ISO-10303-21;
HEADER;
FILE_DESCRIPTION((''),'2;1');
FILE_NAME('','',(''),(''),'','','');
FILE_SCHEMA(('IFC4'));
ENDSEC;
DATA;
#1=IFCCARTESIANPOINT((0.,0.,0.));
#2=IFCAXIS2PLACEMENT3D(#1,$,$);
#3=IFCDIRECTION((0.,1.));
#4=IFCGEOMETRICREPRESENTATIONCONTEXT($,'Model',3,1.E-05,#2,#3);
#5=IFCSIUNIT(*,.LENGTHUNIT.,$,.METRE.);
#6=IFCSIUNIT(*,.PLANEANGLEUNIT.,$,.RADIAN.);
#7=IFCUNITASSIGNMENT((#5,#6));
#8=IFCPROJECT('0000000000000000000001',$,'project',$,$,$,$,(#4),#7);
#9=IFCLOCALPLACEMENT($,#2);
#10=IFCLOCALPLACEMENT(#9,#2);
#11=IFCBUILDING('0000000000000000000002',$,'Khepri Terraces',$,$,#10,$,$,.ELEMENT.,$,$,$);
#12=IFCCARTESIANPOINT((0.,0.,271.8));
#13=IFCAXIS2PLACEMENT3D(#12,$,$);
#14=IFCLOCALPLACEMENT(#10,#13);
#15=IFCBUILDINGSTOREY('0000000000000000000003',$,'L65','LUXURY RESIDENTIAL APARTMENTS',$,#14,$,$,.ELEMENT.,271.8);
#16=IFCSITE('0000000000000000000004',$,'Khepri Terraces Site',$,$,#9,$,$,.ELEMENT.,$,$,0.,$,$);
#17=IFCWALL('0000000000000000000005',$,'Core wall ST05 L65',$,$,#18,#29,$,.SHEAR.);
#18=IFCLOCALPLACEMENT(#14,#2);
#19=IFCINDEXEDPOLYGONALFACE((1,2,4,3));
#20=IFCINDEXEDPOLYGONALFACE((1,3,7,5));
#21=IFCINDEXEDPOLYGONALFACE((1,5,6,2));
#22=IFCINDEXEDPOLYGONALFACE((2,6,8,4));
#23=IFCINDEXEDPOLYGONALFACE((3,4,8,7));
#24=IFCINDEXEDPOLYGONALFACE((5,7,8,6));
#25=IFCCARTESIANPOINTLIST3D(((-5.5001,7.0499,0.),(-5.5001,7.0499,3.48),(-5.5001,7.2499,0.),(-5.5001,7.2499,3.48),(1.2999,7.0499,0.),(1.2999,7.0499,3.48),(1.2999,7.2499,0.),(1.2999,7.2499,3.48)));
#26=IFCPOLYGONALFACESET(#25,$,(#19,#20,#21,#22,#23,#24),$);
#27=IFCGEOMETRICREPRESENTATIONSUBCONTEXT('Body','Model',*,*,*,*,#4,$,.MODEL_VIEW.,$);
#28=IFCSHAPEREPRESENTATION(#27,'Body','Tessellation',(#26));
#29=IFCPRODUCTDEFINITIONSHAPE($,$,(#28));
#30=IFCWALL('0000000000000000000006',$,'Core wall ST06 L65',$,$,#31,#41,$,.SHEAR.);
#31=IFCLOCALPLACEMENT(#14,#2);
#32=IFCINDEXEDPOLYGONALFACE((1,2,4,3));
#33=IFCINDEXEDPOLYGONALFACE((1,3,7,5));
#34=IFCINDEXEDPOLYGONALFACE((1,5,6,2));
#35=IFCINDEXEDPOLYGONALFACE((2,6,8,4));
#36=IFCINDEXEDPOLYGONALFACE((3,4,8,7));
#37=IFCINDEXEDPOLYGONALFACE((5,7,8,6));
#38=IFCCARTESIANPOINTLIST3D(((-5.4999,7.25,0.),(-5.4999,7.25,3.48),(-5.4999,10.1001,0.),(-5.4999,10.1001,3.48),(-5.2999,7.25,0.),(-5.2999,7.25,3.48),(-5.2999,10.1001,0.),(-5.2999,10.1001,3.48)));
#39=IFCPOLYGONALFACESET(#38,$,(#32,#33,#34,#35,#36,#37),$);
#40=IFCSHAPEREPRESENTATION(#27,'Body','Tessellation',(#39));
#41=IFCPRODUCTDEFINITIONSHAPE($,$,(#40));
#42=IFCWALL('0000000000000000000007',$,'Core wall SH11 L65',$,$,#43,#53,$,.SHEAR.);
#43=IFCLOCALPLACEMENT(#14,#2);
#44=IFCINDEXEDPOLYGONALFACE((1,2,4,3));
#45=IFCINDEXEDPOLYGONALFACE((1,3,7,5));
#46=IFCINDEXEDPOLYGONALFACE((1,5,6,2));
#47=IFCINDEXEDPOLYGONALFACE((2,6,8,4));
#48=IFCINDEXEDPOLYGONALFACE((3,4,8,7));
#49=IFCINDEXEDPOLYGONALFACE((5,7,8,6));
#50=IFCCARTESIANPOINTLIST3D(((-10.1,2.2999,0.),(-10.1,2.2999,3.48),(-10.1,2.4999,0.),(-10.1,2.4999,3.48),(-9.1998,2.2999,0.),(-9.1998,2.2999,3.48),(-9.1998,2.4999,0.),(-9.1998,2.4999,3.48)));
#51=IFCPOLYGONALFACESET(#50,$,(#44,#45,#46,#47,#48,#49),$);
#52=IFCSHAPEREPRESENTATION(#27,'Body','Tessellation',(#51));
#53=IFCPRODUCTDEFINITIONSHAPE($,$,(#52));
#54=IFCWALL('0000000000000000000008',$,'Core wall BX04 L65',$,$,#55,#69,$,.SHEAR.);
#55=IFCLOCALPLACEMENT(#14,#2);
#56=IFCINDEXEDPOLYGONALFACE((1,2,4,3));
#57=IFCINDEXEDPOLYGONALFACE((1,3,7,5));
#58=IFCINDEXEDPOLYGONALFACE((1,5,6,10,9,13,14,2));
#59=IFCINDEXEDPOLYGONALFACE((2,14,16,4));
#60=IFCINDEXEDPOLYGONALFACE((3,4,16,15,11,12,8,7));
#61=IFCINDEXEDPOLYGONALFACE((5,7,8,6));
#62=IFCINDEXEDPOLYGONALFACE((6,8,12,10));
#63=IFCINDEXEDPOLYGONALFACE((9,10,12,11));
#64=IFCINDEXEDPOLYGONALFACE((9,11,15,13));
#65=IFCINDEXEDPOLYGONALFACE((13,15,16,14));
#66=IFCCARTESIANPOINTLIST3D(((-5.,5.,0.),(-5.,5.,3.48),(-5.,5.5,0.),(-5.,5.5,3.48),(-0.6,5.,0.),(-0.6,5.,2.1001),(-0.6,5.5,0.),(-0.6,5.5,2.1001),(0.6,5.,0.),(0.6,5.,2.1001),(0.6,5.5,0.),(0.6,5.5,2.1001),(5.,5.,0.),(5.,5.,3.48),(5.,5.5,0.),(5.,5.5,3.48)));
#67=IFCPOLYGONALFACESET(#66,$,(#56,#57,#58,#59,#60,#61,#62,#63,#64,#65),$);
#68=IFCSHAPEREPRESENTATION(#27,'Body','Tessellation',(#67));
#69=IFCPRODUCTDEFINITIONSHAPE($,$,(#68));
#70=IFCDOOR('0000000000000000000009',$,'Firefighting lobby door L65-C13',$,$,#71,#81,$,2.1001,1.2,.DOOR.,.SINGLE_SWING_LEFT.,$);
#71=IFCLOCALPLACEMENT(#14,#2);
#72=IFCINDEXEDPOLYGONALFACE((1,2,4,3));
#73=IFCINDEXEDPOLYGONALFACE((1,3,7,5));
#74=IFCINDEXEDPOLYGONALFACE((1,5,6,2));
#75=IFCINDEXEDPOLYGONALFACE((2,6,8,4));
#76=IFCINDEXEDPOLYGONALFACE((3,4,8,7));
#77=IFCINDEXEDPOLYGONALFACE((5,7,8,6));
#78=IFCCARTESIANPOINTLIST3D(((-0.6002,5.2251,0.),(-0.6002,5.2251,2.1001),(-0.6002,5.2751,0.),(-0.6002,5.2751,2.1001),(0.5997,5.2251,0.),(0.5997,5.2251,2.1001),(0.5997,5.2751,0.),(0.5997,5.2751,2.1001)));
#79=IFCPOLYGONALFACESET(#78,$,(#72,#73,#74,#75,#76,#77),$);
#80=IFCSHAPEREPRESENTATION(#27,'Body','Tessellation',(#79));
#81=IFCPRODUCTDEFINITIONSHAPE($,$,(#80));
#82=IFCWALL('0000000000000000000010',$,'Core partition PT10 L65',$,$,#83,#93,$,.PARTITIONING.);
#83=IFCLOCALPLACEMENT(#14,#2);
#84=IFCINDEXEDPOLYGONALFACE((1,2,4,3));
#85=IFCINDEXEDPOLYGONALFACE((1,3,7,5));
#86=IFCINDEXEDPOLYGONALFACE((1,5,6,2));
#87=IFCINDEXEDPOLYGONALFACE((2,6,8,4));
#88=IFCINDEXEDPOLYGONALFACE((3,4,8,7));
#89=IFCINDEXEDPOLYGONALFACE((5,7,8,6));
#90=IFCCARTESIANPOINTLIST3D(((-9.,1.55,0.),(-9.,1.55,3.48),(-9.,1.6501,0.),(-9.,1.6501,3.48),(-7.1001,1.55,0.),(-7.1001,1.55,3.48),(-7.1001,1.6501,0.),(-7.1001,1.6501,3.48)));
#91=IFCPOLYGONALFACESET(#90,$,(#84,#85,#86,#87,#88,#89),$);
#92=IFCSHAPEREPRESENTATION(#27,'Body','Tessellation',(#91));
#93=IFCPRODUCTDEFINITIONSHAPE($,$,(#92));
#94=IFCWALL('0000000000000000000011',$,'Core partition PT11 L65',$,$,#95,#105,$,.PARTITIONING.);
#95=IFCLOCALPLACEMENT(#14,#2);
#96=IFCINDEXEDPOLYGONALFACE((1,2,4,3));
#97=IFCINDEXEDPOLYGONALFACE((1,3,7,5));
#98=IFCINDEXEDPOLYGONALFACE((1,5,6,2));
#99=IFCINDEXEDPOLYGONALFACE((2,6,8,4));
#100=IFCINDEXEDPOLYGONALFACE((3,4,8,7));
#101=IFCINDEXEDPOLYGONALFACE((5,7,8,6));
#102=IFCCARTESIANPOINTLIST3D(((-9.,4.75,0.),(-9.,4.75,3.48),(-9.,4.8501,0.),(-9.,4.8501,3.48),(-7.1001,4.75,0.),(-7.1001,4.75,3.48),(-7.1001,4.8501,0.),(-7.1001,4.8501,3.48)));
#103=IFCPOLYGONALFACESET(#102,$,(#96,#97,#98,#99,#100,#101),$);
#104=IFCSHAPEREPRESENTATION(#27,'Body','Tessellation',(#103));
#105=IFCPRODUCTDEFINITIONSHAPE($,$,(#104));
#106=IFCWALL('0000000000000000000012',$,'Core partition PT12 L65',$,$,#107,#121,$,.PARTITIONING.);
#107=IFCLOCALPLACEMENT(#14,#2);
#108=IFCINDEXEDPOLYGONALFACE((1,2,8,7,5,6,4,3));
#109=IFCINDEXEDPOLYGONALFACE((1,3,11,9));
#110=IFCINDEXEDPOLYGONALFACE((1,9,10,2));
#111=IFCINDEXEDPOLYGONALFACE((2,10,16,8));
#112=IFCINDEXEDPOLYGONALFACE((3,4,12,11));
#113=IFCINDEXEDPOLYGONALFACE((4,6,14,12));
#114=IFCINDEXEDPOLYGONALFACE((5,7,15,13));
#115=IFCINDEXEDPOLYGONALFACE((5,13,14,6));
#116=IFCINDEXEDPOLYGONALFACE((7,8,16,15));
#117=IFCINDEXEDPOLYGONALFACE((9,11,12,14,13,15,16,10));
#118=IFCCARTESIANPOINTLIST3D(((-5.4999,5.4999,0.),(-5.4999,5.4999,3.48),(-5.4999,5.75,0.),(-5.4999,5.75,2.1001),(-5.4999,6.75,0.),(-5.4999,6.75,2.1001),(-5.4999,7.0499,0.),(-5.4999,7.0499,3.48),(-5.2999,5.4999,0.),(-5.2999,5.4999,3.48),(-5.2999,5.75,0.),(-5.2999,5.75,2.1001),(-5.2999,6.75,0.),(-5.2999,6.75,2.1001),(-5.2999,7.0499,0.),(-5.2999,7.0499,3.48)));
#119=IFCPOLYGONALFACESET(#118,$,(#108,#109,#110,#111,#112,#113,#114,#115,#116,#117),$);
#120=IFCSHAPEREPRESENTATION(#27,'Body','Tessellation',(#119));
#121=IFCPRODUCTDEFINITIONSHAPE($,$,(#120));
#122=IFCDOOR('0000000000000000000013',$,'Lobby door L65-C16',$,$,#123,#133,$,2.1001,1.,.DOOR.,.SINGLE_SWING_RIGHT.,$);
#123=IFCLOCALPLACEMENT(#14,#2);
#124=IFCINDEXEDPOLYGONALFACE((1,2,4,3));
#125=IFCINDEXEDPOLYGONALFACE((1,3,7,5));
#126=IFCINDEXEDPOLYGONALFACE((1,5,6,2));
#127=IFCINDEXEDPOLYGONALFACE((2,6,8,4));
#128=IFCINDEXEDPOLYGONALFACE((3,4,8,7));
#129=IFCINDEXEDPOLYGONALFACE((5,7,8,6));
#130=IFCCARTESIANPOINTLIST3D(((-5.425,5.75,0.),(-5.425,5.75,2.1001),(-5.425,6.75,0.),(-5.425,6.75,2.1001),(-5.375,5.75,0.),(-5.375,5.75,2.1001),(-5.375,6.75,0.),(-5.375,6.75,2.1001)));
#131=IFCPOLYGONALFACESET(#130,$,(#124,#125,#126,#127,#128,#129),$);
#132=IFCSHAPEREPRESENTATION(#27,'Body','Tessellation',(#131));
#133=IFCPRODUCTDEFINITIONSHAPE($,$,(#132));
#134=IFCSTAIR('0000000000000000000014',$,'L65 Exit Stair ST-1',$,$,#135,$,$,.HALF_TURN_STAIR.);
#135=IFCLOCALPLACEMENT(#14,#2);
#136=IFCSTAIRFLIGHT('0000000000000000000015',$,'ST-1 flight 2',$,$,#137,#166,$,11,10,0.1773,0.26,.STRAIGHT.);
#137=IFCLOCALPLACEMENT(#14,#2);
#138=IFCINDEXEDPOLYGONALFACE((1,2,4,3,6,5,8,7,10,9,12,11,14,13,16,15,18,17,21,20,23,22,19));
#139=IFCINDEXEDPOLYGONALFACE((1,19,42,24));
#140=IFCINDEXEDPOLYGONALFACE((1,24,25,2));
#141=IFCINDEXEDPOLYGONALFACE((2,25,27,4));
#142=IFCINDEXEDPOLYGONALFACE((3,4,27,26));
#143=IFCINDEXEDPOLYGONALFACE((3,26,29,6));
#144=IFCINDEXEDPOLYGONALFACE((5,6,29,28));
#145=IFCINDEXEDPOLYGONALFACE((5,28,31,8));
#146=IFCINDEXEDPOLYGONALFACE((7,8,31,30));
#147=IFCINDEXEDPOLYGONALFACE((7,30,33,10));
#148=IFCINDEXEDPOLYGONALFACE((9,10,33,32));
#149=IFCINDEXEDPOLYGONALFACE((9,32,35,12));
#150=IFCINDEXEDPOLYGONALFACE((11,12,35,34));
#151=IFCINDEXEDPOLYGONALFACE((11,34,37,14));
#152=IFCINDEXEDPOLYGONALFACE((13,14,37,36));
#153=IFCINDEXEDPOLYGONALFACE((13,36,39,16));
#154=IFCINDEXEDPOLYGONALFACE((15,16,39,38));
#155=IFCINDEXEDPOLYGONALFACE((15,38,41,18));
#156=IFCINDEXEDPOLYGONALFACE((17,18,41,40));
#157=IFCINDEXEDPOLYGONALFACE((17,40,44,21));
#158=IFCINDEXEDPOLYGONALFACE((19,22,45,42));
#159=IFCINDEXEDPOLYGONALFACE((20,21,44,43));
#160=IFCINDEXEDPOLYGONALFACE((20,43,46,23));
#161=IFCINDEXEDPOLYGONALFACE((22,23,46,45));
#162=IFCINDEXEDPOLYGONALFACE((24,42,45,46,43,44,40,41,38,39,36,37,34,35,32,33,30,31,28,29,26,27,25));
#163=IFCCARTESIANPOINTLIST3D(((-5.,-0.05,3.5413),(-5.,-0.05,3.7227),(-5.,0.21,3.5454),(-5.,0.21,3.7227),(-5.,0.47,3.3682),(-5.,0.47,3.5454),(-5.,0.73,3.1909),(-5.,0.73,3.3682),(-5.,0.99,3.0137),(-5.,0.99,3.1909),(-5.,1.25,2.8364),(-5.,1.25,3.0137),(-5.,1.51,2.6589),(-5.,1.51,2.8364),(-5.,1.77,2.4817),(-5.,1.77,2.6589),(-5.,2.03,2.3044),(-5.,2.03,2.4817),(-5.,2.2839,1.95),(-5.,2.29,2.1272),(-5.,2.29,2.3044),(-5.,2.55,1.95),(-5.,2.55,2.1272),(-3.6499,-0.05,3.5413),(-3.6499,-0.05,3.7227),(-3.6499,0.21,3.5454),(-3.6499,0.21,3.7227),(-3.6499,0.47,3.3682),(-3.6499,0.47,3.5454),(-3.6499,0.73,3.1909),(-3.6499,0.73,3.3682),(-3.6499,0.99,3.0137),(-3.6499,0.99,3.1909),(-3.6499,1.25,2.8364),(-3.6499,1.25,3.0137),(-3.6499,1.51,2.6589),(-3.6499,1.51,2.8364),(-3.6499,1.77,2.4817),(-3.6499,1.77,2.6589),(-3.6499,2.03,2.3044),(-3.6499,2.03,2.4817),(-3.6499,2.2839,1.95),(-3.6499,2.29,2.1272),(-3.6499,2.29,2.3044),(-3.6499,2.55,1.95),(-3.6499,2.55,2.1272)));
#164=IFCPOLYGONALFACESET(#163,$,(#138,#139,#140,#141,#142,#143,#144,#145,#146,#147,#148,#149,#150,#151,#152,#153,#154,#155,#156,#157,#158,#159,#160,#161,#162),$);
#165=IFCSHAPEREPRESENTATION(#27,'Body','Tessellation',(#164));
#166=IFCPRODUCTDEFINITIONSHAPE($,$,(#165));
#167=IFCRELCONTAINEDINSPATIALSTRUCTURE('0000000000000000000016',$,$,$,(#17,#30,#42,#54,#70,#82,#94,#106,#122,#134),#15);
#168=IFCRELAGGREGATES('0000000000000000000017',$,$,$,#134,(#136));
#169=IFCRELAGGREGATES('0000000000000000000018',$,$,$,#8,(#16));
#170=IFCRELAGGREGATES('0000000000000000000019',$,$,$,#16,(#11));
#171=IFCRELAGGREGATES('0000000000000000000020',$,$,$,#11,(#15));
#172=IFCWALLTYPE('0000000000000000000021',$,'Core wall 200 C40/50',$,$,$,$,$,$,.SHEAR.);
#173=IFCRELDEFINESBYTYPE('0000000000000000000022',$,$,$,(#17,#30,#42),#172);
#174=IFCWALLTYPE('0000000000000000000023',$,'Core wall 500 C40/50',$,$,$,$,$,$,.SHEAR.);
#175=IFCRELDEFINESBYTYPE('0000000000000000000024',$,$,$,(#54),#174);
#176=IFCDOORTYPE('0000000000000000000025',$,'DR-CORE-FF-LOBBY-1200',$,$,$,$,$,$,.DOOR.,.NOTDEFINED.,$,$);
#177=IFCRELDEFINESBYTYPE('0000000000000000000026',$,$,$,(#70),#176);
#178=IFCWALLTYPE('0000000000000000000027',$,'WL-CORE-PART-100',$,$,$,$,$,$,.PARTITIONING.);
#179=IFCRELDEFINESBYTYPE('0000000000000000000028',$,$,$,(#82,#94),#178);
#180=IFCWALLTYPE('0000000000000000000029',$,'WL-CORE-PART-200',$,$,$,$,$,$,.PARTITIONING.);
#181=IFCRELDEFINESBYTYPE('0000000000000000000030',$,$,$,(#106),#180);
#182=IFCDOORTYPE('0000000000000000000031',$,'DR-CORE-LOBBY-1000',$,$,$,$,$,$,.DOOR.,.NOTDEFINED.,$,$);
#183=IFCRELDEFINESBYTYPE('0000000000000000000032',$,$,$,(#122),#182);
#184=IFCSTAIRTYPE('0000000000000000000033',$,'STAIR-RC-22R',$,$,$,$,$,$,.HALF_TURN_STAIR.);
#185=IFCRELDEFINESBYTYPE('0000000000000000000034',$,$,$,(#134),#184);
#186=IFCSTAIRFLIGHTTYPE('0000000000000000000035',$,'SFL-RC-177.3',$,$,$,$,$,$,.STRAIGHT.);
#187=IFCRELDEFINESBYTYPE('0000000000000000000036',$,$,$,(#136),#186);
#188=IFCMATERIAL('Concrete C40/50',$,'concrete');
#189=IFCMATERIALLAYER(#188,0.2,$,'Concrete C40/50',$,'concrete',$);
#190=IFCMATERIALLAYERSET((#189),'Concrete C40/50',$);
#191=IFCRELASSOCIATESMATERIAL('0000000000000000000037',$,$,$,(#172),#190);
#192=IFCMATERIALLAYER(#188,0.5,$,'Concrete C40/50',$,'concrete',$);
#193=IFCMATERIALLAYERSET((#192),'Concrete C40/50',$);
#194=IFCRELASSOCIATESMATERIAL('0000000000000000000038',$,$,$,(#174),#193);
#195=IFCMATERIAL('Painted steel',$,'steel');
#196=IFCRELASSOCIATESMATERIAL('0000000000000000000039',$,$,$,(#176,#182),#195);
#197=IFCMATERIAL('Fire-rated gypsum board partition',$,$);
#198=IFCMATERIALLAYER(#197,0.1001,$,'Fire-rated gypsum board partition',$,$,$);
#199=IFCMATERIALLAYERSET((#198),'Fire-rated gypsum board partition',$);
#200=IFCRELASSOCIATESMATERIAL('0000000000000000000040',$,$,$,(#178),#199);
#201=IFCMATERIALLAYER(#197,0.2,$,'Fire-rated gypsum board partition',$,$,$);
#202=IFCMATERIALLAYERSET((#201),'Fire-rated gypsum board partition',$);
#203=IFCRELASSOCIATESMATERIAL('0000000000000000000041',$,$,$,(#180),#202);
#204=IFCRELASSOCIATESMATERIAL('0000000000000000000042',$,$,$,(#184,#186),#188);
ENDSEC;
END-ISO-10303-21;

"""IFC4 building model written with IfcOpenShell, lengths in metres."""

from ifc_helpers import new_model, si_unit, direction, frame, frame_2d, origin, place, context, subcontext, project, spatial, polyline, rectangle, outline, extrude, material, layer, layer_set, type_object, element, fill, aggregate, save


model = new_model("IFC4")

# Units and contexts
model_context = context("Model", 3, precision=1e-05, world=origin(), true_north=direction((0.0, 1.0)))
body_context = subcontext(model_context, "Body", "Model", "MODEL_VIEW")
ifc_project = project(units=[si_unit("LENGTHUNIT", "METRE"), si_unit("PLANEANGLEUNIT", "RADIAN")], contexts=[model_context])

# Site, building, storey
site_placement = place(None, origin())
site = spatial("IfcSite", under=ifc_project, at=site_placement, Name="Khepri Terraces Site", CompositionType="ELEMENT", RefElevation=0.0)
building_placement = place(site_placement, origin())
building = spatial("IfcBuilding", under=site, at=building_placement, Name="Khepri Terraces", CompositionType="ELEMENT")
storey_placement = place(building_placement, frame((0.0, 0.0, 271.8)))
storey = spatial("IfcBuildingStorey", under=building, at=storey_placement, Name="L65", Description="LUXURY RESIDENTIAL APARTMENTS", CompositionType="ELEMENT", Elevation=271.8)

# Walls
ifc_material_1 = material(Name="Concrete C40/50", Category="concrete")
ifc_layer_1 = layer(ifc_material_1, 0.2, Name="Concrete C40/50", Category="concrete")
ifc_layer_set_1 = layer_set([ifc_layer_1], Name="Concrete C40/50")
wall_type_1 = type_object("IfcWallType", Name="Core wall 200 C40/50", PredefinedType="SHEAR", material=ifc_layer_set_1)
wall_1_placement = place(storey_placement, frame((-5.5, 7.1499, 0.0), z_axis=(0.0, 0.0, 1.0), x_axis=(1.0, 0.0, 0.0)))
element("IfcWall", 1, at=wall_1_placement, inside=storey, type_object=wall_type_1, Name="Core wall ST05 L65", PredefinedType="SHEAR", context=body_context, shape_type="SweptSolid", body=[
    extrude(rectangle(XDim=6.8, YDim=0.2, at=frame_2d((3.3999, 0.0))), origin(), (0.0, 0.0, 1.0), 3.48),
])
wall_2_placement = place(storey_placement, frame((-5.3999, 7.25, 0.0), z_axis=(0.0, 0.0, 1.0), x_axis=(0.0, 1.0, 0.0)))
element("IfcWall", 2, at=wall_2_placement, inside=storey, type_object=wall_type_1, Name="Core wall ST06 L65", PredefinedType="SHEAR", context=body_context, shape_type="SweptSolid", body=[
    extrude(rectangle(XDim=2.8501, YDim=0.2, at=frame_2d((1.425, 0.0))), origin(), (0.0, 0.0, 1.0), 3.48),
])
wall_3_placement = place(storey_placement, frame((-10.1001, 2.3999, 0.0), z_axis=(0.0, 0.0, 1.0), x_axis=(1.0, 0.0, 0.0)))
element("IfcWall", 3, at=wall_3_placement, inside=storey, type_object=wall_type_1, Name="Core wall SH11 L65", PredefinedType="SHEAR", context=body_context, shape_type="SweptSolid", body=[
    extrude(rectangle(XDim=0.9001, YDim=0.2, at=frame_2d((0.4502, 0.0))), origin(), (0.0, 0.0, 1.0), 3.48),
])

# Wall, opening, door
ifc_layer_2 = layer(ifc_material_1, 0.5, Name="Concrete C40/50", Category="concrete")
ifc_layer_set_2 = layer_set([ifc_layer_2], Name="Concrete C40/50")
wall_type_2 = type_object("IfcWallType", Name="Core wall 500 C40/50", PredefinedType="SHEAR", material=ifc_layer_set_2)
wall_4_placement = place(storey_placement, frame((-5.0, 5.25, 0.0), z_axis=(0.0, 0.0, 1.0), x_axis=(1.0, 0.0, 0.0)))
wall_4 = element("IfcWall", 4, at=wall_4_placement, inside=storey, type_object=wall_type_2, Name="Core wall BX04 L65", PredefinedType="SHEAR", context=body_context, shape_type="SweptSolid", body=[
    extrude(rectangle(XDim=10.0, YDim=0.5, at=frame_2d((5.0, 0.0))), origin(), (0.0, 0.0, 1.0), 3.48),
])
opening_1_placement = place(wall_4_placement, frame((4.3999, 0.0, 0.0)))
opening_1 = element("IfcOpeningElement", 5, at=opening_1_placement, cuts=wall_4, PredefinedType="OPENING", context=body_context, shape_type="SweptSolid", body=[
    extrude(rectangle(XDim=1.2, YDim=2.1001, at=frame_2d((0.6001, 1.05))), frame((0.0, 0.26, 0.0), z_axis=(0.0, -1.0, 0.0), x_axis=(1.0, 0.0, 0.0)), (0.0, 0.0, 1.0), 0.52),
])
ifc_material_2 = material(Name="Painted steel", Category="steel")
door_type_1 = type_object("IfcDoorType", Name="DR-CORE-FF-LOBBY-1200", OperationType="NOTDEFINED", PredefinedType="DOOR", material=ifc_material_2)
door_1_placement = place(opening_1_placement, frame((1.2, 0.0, 0.0), z_axis=(0.0, 0.0, 1.0), x_axis=(-1.0, 0.0, 0.0)))
door_1 = element("IfcDoor", 6, at=door_1_placement, inside=storey, type_object=door_type_1, Name="Firefighting lobby door L65-C13", OperationType="SINGLE_SWING_LEFT", OverallHeight=2.1001, OverallWidth=1.2, PredefinedType="DOOR", context=body_context, shape_type="SweptSolid", body=[
    extrude(rectangle(XDim=1.2, YDim=2.1001, at=frame_2d((0.6001, 1.05))), frame((0.0, 0.0249, 0.0), z_axis=(0.0, -1.0, 0.0), x_axis=(1.0, 0.0, 0.0)), (0.0, 0.0, 1.0), 0.05),
])
fill(opening_1, door_1)

# Walls
ifc_material_3 = material(Name="Fire-rated gypsum board partition")
ifc_layer_3 = layer(ifc_material_3, 0.1001, Name="Fire-rated gypsum board partition")
ifc_layer_set_3 = layer_set([ifc_layer_3], Name="Fire-rated gypsum board partition")
wall_type_3 = type_object("IfcWallType", Name="WL-CORE-PART-100", PredefinedType="PARTITIONING", material=ifc_layer_set_3)
for number, where, z_axis, x_axis, name in (
    (7, (-9.0, 1.6001, 0.0), (0.0, 0.0, 1.0), (1.0, 0.0, 0.0), "Core partition PT10 L65"),
    (8, (-9.0, 4.8, 0.0), (0.0, 0.0, 1.0), (1.0, 0.0, 0.0), "Core partition PT11 L65"),
):
    element("IfcWall", number, at=place(storey_placement, frame(where, z_axis=z_axis, x_axis=x_axis)), inside=storey, type_object=wall_type_3, Name=name, PredefinedType="PARTITIONING", context=body_context, shape_type="SweptSolid", body=[
        extrude(rectangle(XDim=1.8999, YDim=0.1001, at=frame_2d((0.95, 0.0))), origin(), (0.0, 0.0, 1.0), 3.48),
    ])

# Wall, opening, door
ifc_layer_4 = layer(ifc_material_3, 0.2, Name="Fire-rated gypsum board partition")
ifc_layer_set_4 = layer_set([ifc_layer_4], Name="Fire-rated gypsum board partition")
wall_type_4 = type_object("IfcWallType", Name="WL-CORE-PART-200", PredefinedType="PARTITIONING", material=ifc_layer_set_4)
wall_5_placement = place(storey_placement, frame((-5.3999, 5.5, 0.0), z_axis=(0.0, 0.0, 1.0), x_axis=(0.0, 1.0, 0.0)))
wall_5 = element("IfcWall", 9, at=wall_5_placement, inside=storey, type_object=wall_type_4, Name="Core partition PT12 L65", PredefinedType="PARTITIONING", context=body_context, shape_type="SweptSolid", body=[
    extrude(rectangle(XDim=1.55, YDim=0.2, at=frame_2d((0.7749, 0.0))), origin(), (0.0, 0.0, 1.0), 3.48),
])
opening_2_placement = place(wall_5_placement, frame((0.25, 0.0, 0.0)))
opening_2 = element("IfcOpeningElement", 10, at=opening_2_placement, cuts=wall_5, PredefinedType="OPENING", context=body_context, shape_type="SweptSolid", body=[
    extrude(rectangle(XDim=1.0, YDim=2.1001, at=frame_2d((0.5, 1.05))), frame((0.0, 0.1099, 0.0), z_axis=(0.0, -1.0, 0.0), x_axis=(1.0, 0.0, 0.0)), (0.0, 0.0, 1.0), 0.22),
])
door_type_2 = type_object("IfcDoorType", Name="DR-CORE-LOBBY-1000", OperationType="NOTDEFINED", PredefinedType="DOOR", material=ifc_material_2)
door_2_placement = place(opening_2_placement, frame((1.0, 0.0, 0.0), z_axis=(0.0, 0.0, 1.0), x_axis=(-1.0, 0.0, 0.0)))
door_2 = element("IfcDoor", 11, at=door_2_placement, inside=storey, type_object=door_type_2, Name="Lobby door L65-C16", OperationType="SINGLE_SWING_RIGHT", OverallHeight=2.1001, OverallWidth=1.0, PredefinedType="DOOR", context=body_context, shape_type="SweptSolid", body=[
    extrude(rectangle(XDim=1.0, YDim=2.1001, at=frame_2d((0.5, 1.05))), frame((0.0, 0.0249, 0.0), z_axis=(0.0, -1.0, 0.0), x_axis=(1.0, 0.0, 0.0)), (0.0, 0.0, 1.0), 0.05),
])
fill(opening_2, door_2)

# Stair, stair flight
stair_type = type_object("IfcStairType", Name="STAIR-RC-22R", PredefinedType="HALF_TURN_STAIR", material=ifc_material_1)
stair_1_placement = place(storey_placement, origin())
stair_1 = element("IfcStair", 12, at=stair_1_placement, inside=storey, type_object=stair_type, Name="L65 Exit Stair ST-1", PredefinedType="HALF_TURN_STAIR")
stair_flight_type = type_object("IfcStairFlightType", Name="SFL-RC-177.3", PredefinedType="STRAIGHT", material=ifc_material_1)
stair_flight_1_placement = place(storey_placement, frame((-4.325, 2.55, 1.95), z_axis=(0.0, 0.0, 1.0), x_axis=(0.0, -1.0, 0.0)))
stair_flight_1 = element("IfcStairFlight", 13, at=stair_flight_1_placement, type_object=stair_flight_type, Name="ST-1 flight 2", NumberOfRisers=11, NumberOfTreads=10, PredefinedType="STRAIGHT", RiserHeight=0.1773, TreadLength=0.26, context=body_context, shape_type="SweptSolid", body=[
    extrude(outline(polyline([(0.0, 0.0), (0.0, 0.1772), (0.26, 0.1772), (0.26, 0.3545), (0.52, 0.3545), (0.52, 0.5317), (0.78, 0.5317), (0.78, 0.709), (1.04, 0.709), (1.04, 0.8865), (1.3, 0.8865), (1.3, 1.0637), (1.5601, 1.0637), (1.5601, 1.241), (1.8201, 1.241), (1.8201, 1.4182), (2.0801, 1.4182), (2.0801, 1.5955), (2.3401, 1.5955), (2.3401, 1.7727), (2.6001, 1.7727), (2.6001, 1.95), (2.6001, 1.5913), (0.2661, 0.0), (0.0, 0.0)])), frame((0.0, 0.675, 0.0), z_axis=(0.0, -1.0, 0.0), x_axis=(1.0, 0.0, 0.0)), (0.0, 0.0, 1.0), 1.3501),
])
aggregate(stair_1, [stair_flight_1])

save(model, "model.ifc")
